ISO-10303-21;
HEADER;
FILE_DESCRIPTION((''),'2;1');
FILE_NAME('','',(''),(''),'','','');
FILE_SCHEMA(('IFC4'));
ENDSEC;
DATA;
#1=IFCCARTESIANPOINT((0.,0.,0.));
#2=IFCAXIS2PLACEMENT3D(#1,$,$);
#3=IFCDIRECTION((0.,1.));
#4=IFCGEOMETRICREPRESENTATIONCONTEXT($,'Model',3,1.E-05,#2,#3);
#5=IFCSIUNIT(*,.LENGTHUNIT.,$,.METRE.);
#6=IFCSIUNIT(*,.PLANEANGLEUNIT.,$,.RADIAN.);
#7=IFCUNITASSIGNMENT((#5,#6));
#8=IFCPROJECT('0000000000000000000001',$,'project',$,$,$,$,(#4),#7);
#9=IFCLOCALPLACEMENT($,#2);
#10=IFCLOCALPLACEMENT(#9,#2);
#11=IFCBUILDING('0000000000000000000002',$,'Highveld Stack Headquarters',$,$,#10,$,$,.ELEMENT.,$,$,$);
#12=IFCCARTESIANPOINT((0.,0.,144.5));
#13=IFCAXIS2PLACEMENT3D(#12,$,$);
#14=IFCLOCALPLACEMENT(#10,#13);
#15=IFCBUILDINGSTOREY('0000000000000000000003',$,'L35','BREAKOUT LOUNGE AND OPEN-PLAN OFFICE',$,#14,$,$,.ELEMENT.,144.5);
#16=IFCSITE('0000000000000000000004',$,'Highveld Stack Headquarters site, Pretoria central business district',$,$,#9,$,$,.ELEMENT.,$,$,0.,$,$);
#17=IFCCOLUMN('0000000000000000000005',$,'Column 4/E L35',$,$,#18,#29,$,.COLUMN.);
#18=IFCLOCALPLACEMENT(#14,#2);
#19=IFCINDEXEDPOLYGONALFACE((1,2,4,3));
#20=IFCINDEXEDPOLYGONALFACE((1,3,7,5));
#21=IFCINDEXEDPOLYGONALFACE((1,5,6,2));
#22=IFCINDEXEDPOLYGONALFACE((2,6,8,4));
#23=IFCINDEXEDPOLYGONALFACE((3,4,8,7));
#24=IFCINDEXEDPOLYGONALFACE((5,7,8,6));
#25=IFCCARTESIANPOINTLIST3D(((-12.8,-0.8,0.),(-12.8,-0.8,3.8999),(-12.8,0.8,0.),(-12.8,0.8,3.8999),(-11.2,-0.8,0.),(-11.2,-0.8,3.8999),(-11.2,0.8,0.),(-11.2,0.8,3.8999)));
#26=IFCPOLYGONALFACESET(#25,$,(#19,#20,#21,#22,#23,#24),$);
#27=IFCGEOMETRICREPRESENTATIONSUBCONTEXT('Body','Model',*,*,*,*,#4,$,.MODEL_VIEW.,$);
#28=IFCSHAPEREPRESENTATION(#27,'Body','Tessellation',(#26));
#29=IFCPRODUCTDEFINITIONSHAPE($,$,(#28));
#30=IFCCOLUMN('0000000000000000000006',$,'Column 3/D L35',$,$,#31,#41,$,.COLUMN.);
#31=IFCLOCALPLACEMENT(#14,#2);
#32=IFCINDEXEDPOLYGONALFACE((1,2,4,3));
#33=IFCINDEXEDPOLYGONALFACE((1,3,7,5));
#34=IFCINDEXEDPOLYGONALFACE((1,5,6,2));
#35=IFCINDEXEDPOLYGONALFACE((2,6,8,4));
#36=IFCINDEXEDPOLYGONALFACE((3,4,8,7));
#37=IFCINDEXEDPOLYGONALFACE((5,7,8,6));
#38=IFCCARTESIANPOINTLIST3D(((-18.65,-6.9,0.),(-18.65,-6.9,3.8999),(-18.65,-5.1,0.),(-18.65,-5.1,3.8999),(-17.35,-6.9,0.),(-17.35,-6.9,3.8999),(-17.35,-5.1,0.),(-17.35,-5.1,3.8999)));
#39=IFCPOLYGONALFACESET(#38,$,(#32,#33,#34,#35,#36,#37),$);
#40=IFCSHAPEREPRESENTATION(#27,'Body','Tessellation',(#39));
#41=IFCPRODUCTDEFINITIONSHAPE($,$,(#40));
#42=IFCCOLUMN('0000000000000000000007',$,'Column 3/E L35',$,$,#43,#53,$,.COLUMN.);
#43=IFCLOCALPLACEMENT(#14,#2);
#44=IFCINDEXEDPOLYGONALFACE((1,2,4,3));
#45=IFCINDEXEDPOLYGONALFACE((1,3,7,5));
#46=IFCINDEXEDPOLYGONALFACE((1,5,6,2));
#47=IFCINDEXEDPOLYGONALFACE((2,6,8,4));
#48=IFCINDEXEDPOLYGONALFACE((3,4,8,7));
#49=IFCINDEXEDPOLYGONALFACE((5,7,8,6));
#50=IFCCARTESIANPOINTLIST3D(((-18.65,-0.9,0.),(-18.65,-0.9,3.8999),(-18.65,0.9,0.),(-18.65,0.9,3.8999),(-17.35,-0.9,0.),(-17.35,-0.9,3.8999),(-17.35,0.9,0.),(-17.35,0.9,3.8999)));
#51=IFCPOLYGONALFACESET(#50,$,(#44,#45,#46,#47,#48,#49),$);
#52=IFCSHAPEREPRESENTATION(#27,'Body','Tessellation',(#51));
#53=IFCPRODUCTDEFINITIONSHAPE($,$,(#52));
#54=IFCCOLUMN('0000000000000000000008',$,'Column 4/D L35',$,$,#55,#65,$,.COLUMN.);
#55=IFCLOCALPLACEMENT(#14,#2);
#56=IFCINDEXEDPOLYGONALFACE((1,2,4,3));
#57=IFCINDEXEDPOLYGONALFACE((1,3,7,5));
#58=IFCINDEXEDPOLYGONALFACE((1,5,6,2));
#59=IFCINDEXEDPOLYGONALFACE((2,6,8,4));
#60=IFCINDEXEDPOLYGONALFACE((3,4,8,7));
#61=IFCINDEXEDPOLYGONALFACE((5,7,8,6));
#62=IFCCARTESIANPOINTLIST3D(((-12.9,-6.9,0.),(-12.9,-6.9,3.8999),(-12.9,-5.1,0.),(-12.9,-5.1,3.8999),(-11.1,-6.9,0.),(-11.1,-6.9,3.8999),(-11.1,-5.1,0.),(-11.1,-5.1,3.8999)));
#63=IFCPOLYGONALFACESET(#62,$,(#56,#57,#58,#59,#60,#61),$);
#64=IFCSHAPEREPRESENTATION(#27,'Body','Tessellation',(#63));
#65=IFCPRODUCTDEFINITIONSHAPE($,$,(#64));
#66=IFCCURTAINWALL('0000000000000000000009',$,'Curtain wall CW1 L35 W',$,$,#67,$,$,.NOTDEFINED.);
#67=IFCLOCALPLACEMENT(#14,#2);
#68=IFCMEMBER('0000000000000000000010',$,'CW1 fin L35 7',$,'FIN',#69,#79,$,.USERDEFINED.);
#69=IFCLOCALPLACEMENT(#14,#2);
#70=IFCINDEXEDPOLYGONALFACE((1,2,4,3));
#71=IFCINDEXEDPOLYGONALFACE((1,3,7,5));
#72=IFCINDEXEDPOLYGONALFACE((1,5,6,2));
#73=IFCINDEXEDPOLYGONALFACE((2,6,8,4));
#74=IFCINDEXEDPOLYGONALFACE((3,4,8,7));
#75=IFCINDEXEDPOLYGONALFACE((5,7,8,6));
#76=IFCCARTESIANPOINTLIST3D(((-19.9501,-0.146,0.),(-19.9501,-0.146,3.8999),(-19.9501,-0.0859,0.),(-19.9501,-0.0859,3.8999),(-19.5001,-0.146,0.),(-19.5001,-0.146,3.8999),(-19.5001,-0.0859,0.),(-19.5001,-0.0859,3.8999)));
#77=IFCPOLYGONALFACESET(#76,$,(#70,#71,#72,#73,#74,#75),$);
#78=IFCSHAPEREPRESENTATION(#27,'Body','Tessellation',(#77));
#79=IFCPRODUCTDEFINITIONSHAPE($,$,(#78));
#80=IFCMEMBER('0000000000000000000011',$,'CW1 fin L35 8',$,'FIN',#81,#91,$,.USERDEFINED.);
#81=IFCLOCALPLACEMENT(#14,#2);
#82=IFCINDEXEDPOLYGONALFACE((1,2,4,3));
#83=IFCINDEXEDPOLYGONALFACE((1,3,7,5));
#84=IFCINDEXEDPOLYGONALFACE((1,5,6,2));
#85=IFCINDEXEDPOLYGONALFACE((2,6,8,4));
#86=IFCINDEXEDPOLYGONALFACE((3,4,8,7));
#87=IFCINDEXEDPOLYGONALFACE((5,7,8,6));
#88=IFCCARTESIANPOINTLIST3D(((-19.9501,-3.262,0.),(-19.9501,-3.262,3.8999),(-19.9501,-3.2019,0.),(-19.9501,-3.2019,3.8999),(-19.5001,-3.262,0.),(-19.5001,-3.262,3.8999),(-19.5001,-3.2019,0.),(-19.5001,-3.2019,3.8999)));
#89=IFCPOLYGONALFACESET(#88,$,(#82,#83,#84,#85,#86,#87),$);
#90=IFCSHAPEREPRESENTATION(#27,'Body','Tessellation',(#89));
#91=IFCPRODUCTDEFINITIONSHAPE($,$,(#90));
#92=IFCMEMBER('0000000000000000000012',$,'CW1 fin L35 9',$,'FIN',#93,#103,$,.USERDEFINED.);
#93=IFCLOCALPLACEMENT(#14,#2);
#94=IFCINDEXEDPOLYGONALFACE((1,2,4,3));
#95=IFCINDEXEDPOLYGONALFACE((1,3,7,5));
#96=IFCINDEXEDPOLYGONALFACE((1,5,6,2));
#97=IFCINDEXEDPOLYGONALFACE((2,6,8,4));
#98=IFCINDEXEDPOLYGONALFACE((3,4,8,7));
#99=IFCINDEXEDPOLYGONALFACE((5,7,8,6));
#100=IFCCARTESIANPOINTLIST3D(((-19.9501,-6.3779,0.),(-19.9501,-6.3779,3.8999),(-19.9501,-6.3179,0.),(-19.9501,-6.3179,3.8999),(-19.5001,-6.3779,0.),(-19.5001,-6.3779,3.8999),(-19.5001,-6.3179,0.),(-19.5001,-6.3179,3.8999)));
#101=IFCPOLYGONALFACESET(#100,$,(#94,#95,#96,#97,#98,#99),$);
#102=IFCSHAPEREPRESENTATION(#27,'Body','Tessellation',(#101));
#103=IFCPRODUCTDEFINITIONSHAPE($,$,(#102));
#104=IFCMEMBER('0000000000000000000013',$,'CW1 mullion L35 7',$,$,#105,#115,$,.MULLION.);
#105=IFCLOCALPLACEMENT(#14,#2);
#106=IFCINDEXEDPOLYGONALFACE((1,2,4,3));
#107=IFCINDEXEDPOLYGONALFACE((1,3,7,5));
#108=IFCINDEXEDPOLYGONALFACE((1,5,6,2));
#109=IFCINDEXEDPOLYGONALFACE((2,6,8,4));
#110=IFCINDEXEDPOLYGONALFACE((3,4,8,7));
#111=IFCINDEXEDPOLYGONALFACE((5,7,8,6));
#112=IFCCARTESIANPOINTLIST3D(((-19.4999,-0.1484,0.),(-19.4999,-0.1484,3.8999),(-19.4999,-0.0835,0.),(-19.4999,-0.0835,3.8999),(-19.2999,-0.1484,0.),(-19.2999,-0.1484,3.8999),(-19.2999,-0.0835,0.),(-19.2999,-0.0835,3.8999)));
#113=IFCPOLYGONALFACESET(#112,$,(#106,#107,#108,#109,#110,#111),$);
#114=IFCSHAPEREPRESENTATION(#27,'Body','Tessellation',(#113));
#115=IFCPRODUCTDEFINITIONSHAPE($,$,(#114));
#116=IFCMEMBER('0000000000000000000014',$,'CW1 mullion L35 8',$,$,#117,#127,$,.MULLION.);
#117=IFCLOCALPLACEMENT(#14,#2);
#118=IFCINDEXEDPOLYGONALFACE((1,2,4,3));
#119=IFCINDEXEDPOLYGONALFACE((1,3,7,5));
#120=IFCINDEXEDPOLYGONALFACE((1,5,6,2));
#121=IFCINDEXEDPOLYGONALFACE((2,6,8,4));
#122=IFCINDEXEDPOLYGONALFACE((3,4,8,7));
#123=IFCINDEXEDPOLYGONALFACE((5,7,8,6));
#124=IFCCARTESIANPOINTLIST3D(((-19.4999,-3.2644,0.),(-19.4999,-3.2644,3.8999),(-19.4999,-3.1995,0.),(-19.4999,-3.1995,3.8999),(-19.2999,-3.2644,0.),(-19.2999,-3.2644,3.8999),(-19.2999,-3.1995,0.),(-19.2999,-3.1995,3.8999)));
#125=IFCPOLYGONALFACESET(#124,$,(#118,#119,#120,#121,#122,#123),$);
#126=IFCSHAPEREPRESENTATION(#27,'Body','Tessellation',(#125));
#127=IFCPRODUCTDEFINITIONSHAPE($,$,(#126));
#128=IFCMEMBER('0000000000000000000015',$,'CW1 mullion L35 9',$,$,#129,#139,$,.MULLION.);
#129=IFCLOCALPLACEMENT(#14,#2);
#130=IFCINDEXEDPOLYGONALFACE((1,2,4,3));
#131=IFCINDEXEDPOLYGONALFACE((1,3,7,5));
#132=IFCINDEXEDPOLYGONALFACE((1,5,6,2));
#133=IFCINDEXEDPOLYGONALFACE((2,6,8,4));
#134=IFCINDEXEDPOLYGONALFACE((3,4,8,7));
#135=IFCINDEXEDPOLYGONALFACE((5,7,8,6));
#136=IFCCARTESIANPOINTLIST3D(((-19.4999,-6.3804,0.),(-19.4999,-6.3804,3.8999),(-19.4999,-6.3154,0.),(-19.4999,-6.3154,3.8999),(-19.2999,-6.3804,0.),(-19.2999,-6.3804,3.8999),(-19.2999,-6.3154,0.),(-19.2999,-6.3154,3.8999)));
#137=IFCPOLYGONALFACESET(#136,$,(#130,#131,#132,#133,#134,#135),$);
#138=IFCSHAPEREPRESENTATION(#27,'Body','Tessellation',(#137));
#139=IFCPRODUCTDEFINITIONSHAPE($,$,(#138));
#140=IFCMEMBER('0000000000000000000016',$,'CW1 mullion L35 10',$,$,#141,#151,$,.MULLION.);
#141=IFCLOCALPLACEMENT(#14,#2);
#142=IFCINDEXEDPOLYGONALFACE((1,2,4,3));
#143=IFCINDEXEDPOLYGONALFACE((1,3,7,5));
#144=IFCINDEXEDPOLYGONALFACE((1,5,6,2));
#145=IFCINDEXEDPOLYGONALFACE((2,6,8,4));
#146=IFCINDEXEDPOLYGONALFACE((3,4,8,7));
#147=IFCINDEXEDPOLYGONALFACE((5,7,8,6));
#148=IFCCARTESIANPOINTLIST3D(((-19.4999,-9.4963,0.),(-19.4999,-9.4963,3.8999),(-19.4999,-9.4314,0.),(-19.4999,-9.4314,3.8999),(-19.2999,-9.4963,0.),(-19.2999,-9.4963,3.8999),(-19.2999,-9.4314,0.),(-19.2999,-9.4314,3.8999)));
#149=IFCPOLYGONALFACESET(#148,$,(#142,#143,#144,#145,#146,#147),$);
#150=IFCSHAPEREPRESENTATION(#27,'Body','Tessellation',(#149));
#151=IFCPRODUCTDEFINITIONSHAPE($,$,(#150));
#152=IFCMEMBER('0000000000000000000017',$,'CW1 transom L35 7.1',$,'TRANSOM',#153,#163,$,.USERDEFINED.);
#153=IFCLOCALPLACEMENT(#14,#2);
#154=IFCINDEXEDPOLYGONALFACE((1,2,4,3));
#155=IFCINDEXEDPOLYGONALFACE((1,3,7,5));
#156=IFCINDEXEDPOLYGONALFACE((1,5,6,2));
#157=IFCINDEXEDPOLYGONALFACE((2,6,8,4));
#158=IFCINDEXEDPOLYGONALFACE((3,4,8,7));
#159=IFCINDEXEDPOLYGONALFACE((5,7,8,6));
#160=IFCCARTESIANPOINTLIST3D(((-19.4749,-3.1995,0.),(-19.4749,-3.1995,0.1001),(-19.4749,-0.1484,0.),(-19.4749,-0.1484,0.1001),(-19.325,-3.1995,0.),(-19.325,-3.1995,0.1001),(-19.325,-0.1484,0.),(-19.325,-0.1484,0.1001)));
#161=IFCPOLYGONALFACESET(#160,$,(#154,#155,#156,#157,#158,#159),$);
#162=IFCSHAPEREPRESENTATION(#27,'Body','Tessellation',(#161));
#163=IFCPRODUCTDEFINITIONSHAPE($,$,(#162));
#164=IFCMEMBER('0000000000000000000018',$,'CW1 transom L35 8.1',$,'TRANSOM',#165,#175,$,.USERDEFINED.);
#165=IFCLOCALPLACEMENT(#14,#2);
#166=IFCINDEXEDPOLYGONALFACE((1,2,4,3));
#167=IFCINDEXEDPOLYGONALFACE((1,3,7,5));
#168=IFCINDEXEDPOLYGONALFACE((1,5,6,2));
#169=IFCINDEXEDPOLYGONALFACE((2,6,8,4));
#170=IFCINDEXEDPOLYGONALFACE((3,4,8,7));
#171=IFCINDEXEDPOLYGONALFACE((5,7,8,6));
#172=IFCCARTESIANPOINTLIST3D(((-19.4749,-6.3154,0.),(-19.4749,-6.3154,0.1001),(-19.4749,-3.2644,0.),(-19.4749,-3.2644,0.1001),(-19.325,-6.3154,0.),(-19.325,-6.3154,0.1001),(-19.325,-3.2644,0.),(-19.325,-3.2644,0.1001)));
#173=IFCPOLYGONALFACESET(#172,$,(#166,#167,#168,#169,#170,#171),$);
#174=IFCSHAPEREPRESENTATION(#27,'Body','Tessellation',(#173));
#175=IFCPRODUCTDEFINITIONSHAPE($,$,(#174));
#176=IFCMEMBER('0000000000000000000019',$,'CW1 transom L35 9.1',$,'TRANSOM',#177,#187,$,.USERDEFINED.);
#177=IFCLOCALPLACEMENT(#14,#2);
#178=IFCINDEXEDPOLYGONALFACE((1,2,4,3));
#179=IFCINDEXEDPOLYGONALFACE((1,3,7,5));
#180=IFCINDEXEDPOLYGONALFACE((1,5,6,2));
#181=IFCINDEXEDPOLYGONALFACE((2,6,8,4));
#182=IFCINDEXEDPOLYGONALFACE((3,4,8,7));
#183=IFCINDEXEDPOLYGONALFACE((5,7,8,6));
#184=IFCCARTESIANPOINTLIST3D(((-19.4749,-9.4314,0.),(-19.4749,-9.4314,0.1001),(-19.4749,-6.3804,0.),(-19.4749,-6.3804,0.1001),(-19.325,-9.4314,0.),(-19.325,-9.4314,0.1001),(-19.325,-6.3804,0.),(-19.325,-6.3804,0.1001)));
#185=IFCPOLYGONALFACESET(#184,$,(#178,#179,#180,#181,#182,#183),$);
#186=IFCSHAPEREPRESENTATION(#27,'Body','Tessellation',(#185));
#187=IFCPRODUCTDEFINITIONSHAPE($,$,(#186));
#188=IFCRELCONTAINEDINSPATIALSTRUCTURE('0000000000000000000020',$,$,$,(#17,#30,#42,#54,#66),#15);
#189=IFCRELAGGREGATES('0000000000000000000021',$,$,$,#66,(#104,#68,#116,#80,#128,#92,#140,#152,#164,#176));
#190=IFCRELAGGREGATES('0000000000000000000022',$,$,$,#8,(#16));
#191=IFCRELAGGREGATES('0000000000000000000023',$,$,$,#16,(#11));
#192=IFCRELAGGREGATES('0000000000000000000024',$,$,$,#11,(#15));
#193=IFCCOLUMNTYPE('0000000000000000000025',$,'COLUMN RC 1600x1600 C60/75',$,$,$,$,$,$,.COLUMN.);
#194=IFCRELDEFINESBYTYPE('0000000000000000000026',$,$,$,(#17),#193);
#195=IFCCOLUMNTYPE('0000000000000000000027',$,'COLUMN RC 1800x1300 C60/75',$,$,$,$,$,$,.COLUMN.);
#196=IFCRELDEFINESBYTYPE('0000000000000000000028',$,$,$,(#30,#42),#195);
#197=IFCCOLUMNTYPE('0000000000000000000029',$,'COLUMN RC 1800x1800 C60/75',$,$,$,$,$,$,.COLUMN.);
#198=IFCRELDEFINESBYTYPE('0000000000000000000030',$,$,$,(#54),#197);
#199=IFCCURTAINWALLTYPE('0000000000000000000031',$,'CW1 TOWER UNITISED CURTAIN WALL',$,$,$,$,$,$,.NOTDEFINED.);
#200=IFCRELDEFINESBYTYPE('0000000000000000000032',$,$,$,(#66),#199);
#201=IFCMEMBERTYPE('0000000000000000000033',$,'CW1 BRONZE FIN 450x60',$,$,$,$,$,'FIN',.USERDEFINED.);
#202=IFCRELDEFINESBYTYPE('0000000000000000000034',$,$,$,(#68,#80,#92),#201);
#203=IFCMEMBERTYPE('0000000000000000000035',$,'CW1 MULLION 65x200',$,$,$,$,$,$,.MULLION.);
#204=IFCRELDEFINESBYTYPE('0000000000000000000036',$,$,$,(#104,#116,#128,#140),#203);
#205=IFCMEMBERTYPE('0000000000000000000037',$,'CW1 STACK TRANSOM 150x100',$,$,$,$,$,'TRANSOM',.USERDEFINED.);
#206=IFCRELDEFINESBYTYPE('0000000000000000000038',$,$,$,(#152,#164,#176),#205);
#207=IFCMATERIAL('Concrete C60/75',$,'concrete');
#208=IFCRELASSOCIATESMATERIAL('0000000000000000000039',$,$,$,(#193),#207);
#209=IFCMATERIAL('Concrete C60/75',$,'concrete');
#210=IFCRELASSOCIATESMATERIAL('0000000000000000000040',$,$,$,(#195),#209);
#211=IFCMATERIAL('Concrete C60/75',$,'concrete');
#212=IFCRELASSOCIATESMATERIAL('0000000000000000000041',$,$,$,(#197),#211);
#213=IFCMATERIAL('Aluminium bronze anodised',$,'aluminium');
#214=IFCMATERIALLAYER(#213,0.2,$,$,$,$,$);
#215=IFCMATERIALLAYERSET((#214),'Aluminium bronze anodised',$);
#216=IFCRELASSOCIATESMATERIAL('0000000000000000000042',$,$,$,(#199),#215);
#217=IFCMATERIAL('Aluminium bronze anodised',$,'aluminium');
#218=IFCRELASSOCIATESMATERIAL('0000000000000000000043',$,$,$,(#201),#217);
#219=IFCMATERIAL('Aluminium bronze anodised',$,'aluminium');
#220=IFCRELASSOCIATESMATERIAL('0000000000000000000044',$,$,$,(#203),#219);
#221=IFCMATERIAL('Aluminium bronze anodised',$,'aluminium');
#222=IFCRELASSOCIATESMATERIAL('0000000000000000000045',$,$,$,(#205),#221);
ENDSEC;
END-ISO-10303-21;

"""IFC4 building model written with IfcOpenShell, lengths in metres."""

from ifc_helpers import new_model, si_unit, direction, frame, origin, origin_2d, place, context, subcontext, project, spatial, rectangle, extrude, material, layer, layer_set, material_profile, profile_set, type_object, element, aggregate, save


model = new_model("IFC4")

# Units and contexts
model_context = context("Model", 3, precision=1e-05, world=origin(), true_north=direction((0.0, 1.0)))
body_context = subcontext(model_context, "Body", "Model", "MODEL_VIEW")
ifc_project = project(units=[si_unit("LENGTHUNIT", "METRE"), si_unit("PLANEANGLEUNIT", "RADIAN")], contexts=[model_context])

# Site, building, storey
site_placement = place(None, origin())
site = spatial("IfcSite", under=ifc_project, at=site_placement, Name="Highveld Stack Headquarters site, Pretoria central business district", CompositionType="ELEMENT", RefElevation=0.0)
building_placement = place(site_placement, origin())
building = spatial("IfcBuilding", under=site, at=building_placement, Name="Highveld Stack Headquarters", CompositionType="ELEMENT")
storey_placement = place(building_placement, frame((0.0, 0.0, 144.5)))
storey = spatial("IfcBuildingStorey", under=building, at=storey_placement, Name="L35", Description="BREAKOUT LOUNGE AND OPEN-PLAN OFFICE", CompositionType="ELEMENT", Elevation=144.5)

# Columns
ifc_material_1 = material(Name="Concrete C60/75", Category="concrete")
ifc_material_profile_1 = material_profile(ifc_material_1, rectangle(XDim=1.6001, YDim=1.6001, at=origin_2d()), Name="RC 1600x1600")
ifc_profile_set_1 = profile_set([ifc_material_profile_1], Name="Concrete C60/75")
column_type_1 = type_object("IfcColumnType", Name="COLUMN RC 1600x1600 C60/75", PredefinedType="COLUMN", material=ifc_profile_set_1)
column_1_placement = place(storey_placement, frame((-12.0, 0.0, 0.0), z_axis=(0.0, 0.0, 1.0), x_axis=(1.0, 0.0, 0.0)))
element("IfcColumn", 1, at=column_1_placement, inside=storey, type_object=column_type_1, Name="Column 4/E L35", PredefinedType="COLUMN", context=body_context, shape_type="SweptSolid", body=[
    extrude(rectangle(XDim=1.6001, YDim=1.6001, at=origin_2d()), origin(), (0.0, 0.0, 1.0), 3.8999),
])
ifc_material_2 = material(Name="Concrete C60/75", Category="concrete")
ifc_material_profile_2 = material_profile(ifc_material_2, rectangle(XDim=1.8, YDim=1.3, at=origin_2d()), Name="RC 1800x1300")
ifc_profile_set_2 = profile_set([ifc_material_profile_2], Name="Concrete C60/75")
column_type_2 = type_object("IfcColumnType", Name="COLUMN RC 1800x1300 C60/75", PredefinedType="COLUMN", material=ifc_profile_set_2)
for number, where, z_axis, x_axis, name in (
    (2, (-18.0, -6.0, 0.0), (0.0, 0.0, 1.0), (0.0, 1.0, 0.0), "Column 3/D L35"),
    (3, (-18.0, 0.0, 0.0), (0.0, 0.0, 1.0), (0.0, 1.0, 0.0), "Column 3/E L35"),
):
    element("IfcColumn", number, at=place(storey_placement, frame(where, z_axis=z_axis, x_axis=x_axis)), inside=storey, type_object=column_type_2, Name=name, PredefinedType="COLUMN", context=body_context, shape_type="SweptSolid", body=[
        extrude(rectangle(XDim=1.8, YDim=1.3, at=origin_2d()), origin(), (0.0, 0.0, 1.0), 3.8999),
    ])
ifc_material_3 = material(Name="Concrete C60/75", Category="concrete")
ifc_material_profile_3 = material_profile(ifc_material_3, rectangle(XDim=1.8, YDim=1.8, at=origin_2d()), Name="RC 1800x1800")
ifc_profile_set_3 = profile_set([ifc_material_profile_3], Name="Concrete C60/75")
column_type_3 = type_object("IfcColumnType", Name="COLUMN RC 1800x1800 C60/75", PredefinedType="COLUMN", material=ifc_profile_set_3)
column_2_placement = place(storey_placement, frame((-12.0, -6.0, 0.0), z_axis=(0.0, 0.0, 1.0), x_axis=(1.0, 0.0, 0.0)))
element("IfcColumn", 4, at=column_2_placement, inside=storey, type_object=column_type_3, Name="Column 4/D L35", PredefinedType="COLUMN", context=body_context, shape_type="SweptSolid", body=[
    extrude(rectangle(XDim=1.8, YDim=1.8, at=origin_2d()), origin(), (0.0, 0.0, 1.0), 3.8999),
])

# Curtain wall, members
ifc_material_4 = material(Name="Aluminium bronze anodised", Category="aluminium")
ifc_layer_1 = layer(ifc_material_4, 0.2)
ifc_layer_set_1 = layer_set([ifc_layer_1], Name="Aluminium bronze anodised")
curtain_wall_type = type_object("IfcCurtainWallType", Name="CW1 TOWER UNITISED CURTAIN WALL", PredefinedType="NOTDEFINED", material=ifc_layer_set_1)
curtain_wall_placement = place(storey_placement, origin())
curtain_wall = element("IfcCurtainWall", 5, at=curtain_wall_placement, inside=storey, type_object=curtain_wall_type, Name="Curtain wall CW1 L35 W", PredefinedType="NOTDEFINED")
ifc_material_5 = material(Name="Aluminium bronze anodised", Category="aluminium")
ifc_material_profile_4 = material_profile(ifc_material_5, rectangle(XDim=0.45, YDim=0.0601, at=origin_2d()), Name="FIN 450x60")
ifc_profile_set_4 = profile_set([ifc_material_profile_4], Name="Aluminium bronze anodised")
member_type_1 = type_object("IfcMemberType", Name="CW1 BRONZE FIN 450x60", ElementType="FIN", PredefinedType="USERDEFINED", material=ifc_profile_set_4)
member_1_placement = place(storey_placement, frame((-19.7251, -0.116, 0.0), z_axis=(0.0, 0.0, 1.0), x_axis=(1.0, 0.0, 0.0)))
member_1 = element("IfcMember", 6, at=member_1_placement, type_object=member_type_1, Name="CW1 fin L35 7", ObjectType="FIN", PredefinedType="USERDEFINED", context=body_context, shape_type="SweptSolid", body=[
    extrude(rectangle(XDim=0.45, YDim=0.0601, at=origin_2d()), origin(), (0.0, 0.0, 1.0), 3.8999),
])
member_2_placement = place(storey_placement, frame((-19.7251, -3.2319, 0.0), z_axis=(0.0, 0.0, 1.0), x_axis=(1.0, 0.0, 0.0)))
member_2 = element("IfcMember", 7, at=member_2_placement, type_object=member_type_1, Name="CW1 fin L35 8", ObjectType="FIN", PredefinedType="USERDEFINED", context=body_context, shape_type="SweptSolid", body=[
    extrude(rectangle(XDim=0.45, YDim=0.0601, at=origin_2d()), origin(), (0.0, 0.0, 1.0), 3.8999),
])
member_3_placement = place(storey_placement, frame((-19.7251, -6.3479, 0.0), z_axis=(0.0, 0.0, 1.0), x_axis=(1.0, 0.0, 0.0)))
member_3 = element("IfcMember", 8, at=member_3_placement, type_object=member_type_1, Name="CW1 fin L35 9", ObjectType="FIN", PredefinedType="USERDEFINED", context=body_context, shape_type="SweptSolid", body=[
    extrude(rectangle(XDim=0.45, YDim=0.0601, at=origin_2d()), origin(), (0.0, 0.0, 1.0), 3.8999),
])
ifc_material_6 = material(Name="Aluminium bronze anodised", Category="aluminium")
ifc_material_profile_5 = material_profile(ifc_material_6, rectangle(XDim=0.2, YDim=0.0649, at=origin_2d()), Name="CW1 MULLION 65x200")
ifc_profile_set_5 = profile_set([ifc_material_profile_5], Name="Aluminium bronze anodised")
member_type_2 = type_object("IfcMemberType", Name="CW1 MULLION 65x200", PredefinedType="MULLION", material=ifc_profile_set_5)
member_4_placement = place(storey_placement, frame((-19.3999, -0.116, 0.0), z_axis=(0.0, 0.0, 1.0), x_axis=(1.0, 0.0, 0.0)))
member_4 = element("IfcMember", 9, at=member_4_placement, type_object=member_type_2, Name="CW1 mullion L35 7", PredefinedType="MULLION", context=body_context, shape_type="SweptSolid", body=[
    extrude(rectangle(XDim=0.2, YDim=0.0649, at=origin_2d()), origin(), (0.0, 0.0, 1.0), 3.8999),
])
member_5_placement = place(storey_placement, frame((-19.3999, -3.2319, 0.0), z_axis=(0.0, 0.0, 1.0), x_axis=(1.0, 0.0, 0.0)))
member_5 = element("IfcMember", 10, at=member_5_placement, type_object=member_type_2, Name="CW1 mullion L35 8", PredefinedType="MULLION", context=body_context, shape_type="SweptSolid", body=[
    extrude(rectangle(XDim=0.2, YDim=0.0649, at=origin_2d()), origin(), (0.0, 0.0, 1.0), 3.8999),
])
member_6_placement = place(storey_placement, frame((-19.3999, -6.3479, 0.0), z_axis=(0.0, 0.0, 1.0), x_axis=(1.0, 0.0, 0.0)))
member_6 = element("IfcMember", 11, at=member_6_placement, type_object=member_type_2, Name="CW1 mullion L35 9", PredefinedType="MULLION", context=body_context, shape_type="SweptSolid", body=[
    extrude(rectangle(XDim=0.2, YDim=0.0649, at=origin_2d()), origin(), (0.0, 0.0, 1.0), 3.8999),
])
member_7_placement = place(storey_placement, frame((-19.3999, -9.4639, 0.0), z_axis=(0.0, 0.0, 1.0), x_axis=(1.0, 0.0, 0.0)))
member_7 = element("IfcMember", 12, at=member_7_placement, type_object=member_type_2, Name="CW1 mullion L35 10", PredefinedType="MULLION", context=body_context, shape_type="SweptSolid", body=[
    extrude(rectangle(XDim=0.2, YDim=0.0649, at=origin_2d()), origin(), (0.0, 0.0, 1.0), 3.8999),
])
ifc_material_7 = material(Name="Aluminium bronze anodised", Category="aluminium")
ifc_material_profile_6 = material_profile(ifc_material_7, rectangle(XDim=0.1499, YDim=0.1001, at=origin_2d()), Name="CW1 TRANSOM 150x100")
ifc_profile_set_6 = profile_set([ifc_material_profile_6], Name="Aluminium bronze anodised")
member_type_3 = type_object("IfcMemberType", Name="CW1 STACK TRANSOM 150x100", ElementType="TRANSOM", PredefinedType="USERDEFINED", material=ifc_profile_set_6)
member_8_placement = place(storey_placement, frame((-19.3999, -0.1484, 0.05), z_axis=(0.0, -1.0, 0.0), x_axis=(1.0, 0.0, 0.0)))
member_8 = element("IfcMember", 13, at=member_8_placement, type_object=member_type_3, Name="CW1 transom L35 7.1", ObjectType="TRANSOM", PredefinedType="USERDEFINED", context=body_context, shape_type="SweptSolid", body=[
    extrude(rectangle(XDim=0.1499, YDim=0.1001, at=origin_2d()), origin(), (0.0, 0.0, 1.0), 3.051),
])
member_9_placement = place(storey_placement, frame((-19.3999, -3.2644, 0.05), z_axis=(0.0, -1.0, 0.0), x_axis=(1.0, 0.0, 0.0)))
member_9 = element("IfcMember", 14, at=member_9_placement, type_object=member_type_3, Name="CW1 transom L35 8.1", ObjectType="TRANSOM", PredefinedType="USERDEFINED", context=body_context, shape_type="SweptSolid", body=[
    extrude(rectangle(XDim=0.1499, YDim=0.1001, at=origin_2d()), origin(), (0.0, 0.0, 1.0), 3.051),
])
member_10_placement = place(storey_placement, frame((-19.3999, -6.3804, 0.05), z_axis=(0.0, -1.0, 0.0), x_axis=(1.0, 0.0, 0.0)))
member_10 = element("IfcMember", 15, at=member_10_placement, type_object=member_type_3, Name="CW1 transom L35 9.1", ObjectType="TRANSOM", PredefinedType="USERDEFINED", context=body_context, shape_type="SweptSolid", body=[
    extrude(rectangle(XDim=0.1499, YDim=0.1001, at=origin_2d()), origin(), (0.0, 0.0, 1.0), 3.051),
])
aggregate(curtain_wall, [member_4, member_1, member_5, member_2, member_6, member_3, member_7, member_8, member_9, member_10])

save(model, "model.ifc")
